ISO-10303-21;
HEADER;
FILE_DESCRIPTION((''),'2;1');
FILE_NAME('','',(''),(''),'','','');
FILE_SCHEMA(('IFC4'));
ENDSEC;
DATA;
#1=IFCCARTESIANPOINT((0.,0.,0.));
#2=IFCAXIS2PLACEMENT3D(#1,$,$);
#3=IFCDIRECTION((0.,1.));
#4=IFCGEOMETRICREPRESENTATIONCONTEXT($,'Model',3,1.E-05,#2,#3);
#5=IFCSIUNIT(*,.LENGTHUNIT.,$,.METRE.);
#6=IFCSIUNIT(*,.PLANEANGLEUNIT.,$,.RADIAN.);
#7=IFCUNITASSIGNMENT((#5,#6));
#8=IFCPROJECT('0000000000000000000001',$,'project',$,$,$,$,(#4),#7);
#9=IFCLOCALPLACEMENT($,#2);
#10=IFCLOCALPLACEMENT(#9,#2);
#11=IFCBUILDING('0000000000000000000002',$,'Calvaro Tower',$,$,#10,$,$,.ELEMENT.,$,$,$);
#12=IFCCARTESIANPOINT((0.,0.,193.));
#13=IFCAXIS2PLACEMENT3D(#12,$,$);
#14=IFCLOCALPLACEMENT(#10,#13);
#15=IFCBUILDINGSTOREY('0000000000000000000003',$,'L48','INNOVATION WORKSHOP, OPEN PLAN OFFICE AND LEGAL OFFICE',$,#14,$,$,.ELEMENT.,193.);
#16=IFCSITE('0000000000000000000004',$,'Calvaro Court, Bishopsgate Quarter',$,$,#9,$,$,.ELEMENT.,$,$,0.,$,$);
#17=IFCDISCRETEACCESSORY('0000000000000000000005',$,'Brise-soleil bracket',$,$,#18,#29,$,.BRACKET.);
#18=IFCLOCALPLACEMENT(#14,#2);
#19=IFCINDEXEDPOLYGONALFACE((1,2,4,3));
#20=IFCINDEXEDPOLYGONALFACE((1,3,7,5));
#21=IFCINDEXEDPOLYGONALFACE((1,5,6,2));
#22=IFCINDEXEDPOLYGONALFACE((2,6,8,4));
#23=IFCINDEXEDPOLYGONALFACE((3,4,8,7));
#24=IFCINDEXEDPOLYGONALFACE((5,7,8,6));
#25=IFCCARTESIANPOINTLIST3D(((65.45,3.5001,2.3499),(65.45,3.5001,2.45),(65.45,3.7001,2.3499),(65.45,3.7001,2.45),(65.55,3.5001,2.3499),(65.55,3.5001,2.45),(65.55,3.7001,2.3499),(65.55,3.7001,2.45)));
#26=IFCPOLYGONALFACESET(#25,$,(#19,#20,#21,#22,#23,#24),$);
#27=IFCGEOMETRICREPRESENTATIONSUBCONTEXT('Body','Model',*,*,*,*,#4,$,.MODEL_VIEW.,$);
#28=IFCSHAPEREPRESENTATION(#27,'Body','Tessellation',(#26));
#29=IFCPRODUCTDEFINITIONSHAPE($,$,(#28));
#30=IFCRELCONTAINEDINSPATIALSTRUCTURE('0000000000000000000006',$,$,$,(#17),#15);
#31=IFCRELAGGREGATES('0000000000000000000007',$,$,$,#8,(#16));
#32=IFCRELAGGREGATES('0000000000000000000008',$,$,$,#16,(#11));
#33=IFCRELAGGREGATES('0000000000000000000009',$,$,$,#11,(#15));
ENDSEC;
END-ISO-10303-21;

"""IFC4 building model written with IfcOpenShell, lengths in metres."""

from ifc_helpers import new_model, si_unit, direction, frame, origin, origin_2d, place, context, subcontext, project, spatial, rectangle, extrude, element, save


model = new_model("IFC4")

# Units and contexts
model_context = context("Model", 3, precision=1e-05, world=origin(), true_north=direction((0.0, 1.0)))
body_context = subcontext(model_context, "Body", "Model", "MODEL_VIEW")
ifc_project = project(units=[si_unit("LENGTHUNIT", "METRE"), si_unit("PLANEANGLEUNIT", "RADIAN")], contexts=[model_context])

# Site, building, storey
site_placement = place(None, origin())
site = spatial("IfcSite", under=ifc_project, at=site_placement, Name="Calvaro Court, Bishopsgate Quarter", CompositionType="ELEMENT", RefElevation=0.0)
building_placement = place(site_placement, origin())
building = spatial("IfcBuilding", under=site, at=building_placement, Name="Calvaro Tower", CompositionType="ELEMENT")
storey_placement = place(building_placement, frame((0.0, 0.0, 193.0)))
storey = spatial("IfcBuildingStorey", under=building, at=storey_placement, Name="L48", Description="INNOVATION WORKSHOP, OPEN PLAN OFFICE AND LEGAL OFFICE", CompositionType="ELEMENT", Elevation=193.0)

# Discrete accessory
for number, where, z_axis, x_axis, name in (
    (1, (65.5, 3.6001, 2.3499), (0.0, 0.0, 1.0), (1.0, 0.0, 0.0), "Brise-soleil bracket"),
):
    element("IfcDiscreteAccessory", number, at=place(storey_placement, frame(where, z_axis=z_axis, x_axis=x_axis)), inside=storey, Name=name, PredefinedType="BRACKET", context=body_context, shape_type="SweptSolid", body=[
        extrude(rectangle(XDim=0.1001, YDim=0.2, at=origin_2d()), origin(), (0.0, 0.0, 1.0), 0.1001),
    ])

save(model, "model.ifc")
